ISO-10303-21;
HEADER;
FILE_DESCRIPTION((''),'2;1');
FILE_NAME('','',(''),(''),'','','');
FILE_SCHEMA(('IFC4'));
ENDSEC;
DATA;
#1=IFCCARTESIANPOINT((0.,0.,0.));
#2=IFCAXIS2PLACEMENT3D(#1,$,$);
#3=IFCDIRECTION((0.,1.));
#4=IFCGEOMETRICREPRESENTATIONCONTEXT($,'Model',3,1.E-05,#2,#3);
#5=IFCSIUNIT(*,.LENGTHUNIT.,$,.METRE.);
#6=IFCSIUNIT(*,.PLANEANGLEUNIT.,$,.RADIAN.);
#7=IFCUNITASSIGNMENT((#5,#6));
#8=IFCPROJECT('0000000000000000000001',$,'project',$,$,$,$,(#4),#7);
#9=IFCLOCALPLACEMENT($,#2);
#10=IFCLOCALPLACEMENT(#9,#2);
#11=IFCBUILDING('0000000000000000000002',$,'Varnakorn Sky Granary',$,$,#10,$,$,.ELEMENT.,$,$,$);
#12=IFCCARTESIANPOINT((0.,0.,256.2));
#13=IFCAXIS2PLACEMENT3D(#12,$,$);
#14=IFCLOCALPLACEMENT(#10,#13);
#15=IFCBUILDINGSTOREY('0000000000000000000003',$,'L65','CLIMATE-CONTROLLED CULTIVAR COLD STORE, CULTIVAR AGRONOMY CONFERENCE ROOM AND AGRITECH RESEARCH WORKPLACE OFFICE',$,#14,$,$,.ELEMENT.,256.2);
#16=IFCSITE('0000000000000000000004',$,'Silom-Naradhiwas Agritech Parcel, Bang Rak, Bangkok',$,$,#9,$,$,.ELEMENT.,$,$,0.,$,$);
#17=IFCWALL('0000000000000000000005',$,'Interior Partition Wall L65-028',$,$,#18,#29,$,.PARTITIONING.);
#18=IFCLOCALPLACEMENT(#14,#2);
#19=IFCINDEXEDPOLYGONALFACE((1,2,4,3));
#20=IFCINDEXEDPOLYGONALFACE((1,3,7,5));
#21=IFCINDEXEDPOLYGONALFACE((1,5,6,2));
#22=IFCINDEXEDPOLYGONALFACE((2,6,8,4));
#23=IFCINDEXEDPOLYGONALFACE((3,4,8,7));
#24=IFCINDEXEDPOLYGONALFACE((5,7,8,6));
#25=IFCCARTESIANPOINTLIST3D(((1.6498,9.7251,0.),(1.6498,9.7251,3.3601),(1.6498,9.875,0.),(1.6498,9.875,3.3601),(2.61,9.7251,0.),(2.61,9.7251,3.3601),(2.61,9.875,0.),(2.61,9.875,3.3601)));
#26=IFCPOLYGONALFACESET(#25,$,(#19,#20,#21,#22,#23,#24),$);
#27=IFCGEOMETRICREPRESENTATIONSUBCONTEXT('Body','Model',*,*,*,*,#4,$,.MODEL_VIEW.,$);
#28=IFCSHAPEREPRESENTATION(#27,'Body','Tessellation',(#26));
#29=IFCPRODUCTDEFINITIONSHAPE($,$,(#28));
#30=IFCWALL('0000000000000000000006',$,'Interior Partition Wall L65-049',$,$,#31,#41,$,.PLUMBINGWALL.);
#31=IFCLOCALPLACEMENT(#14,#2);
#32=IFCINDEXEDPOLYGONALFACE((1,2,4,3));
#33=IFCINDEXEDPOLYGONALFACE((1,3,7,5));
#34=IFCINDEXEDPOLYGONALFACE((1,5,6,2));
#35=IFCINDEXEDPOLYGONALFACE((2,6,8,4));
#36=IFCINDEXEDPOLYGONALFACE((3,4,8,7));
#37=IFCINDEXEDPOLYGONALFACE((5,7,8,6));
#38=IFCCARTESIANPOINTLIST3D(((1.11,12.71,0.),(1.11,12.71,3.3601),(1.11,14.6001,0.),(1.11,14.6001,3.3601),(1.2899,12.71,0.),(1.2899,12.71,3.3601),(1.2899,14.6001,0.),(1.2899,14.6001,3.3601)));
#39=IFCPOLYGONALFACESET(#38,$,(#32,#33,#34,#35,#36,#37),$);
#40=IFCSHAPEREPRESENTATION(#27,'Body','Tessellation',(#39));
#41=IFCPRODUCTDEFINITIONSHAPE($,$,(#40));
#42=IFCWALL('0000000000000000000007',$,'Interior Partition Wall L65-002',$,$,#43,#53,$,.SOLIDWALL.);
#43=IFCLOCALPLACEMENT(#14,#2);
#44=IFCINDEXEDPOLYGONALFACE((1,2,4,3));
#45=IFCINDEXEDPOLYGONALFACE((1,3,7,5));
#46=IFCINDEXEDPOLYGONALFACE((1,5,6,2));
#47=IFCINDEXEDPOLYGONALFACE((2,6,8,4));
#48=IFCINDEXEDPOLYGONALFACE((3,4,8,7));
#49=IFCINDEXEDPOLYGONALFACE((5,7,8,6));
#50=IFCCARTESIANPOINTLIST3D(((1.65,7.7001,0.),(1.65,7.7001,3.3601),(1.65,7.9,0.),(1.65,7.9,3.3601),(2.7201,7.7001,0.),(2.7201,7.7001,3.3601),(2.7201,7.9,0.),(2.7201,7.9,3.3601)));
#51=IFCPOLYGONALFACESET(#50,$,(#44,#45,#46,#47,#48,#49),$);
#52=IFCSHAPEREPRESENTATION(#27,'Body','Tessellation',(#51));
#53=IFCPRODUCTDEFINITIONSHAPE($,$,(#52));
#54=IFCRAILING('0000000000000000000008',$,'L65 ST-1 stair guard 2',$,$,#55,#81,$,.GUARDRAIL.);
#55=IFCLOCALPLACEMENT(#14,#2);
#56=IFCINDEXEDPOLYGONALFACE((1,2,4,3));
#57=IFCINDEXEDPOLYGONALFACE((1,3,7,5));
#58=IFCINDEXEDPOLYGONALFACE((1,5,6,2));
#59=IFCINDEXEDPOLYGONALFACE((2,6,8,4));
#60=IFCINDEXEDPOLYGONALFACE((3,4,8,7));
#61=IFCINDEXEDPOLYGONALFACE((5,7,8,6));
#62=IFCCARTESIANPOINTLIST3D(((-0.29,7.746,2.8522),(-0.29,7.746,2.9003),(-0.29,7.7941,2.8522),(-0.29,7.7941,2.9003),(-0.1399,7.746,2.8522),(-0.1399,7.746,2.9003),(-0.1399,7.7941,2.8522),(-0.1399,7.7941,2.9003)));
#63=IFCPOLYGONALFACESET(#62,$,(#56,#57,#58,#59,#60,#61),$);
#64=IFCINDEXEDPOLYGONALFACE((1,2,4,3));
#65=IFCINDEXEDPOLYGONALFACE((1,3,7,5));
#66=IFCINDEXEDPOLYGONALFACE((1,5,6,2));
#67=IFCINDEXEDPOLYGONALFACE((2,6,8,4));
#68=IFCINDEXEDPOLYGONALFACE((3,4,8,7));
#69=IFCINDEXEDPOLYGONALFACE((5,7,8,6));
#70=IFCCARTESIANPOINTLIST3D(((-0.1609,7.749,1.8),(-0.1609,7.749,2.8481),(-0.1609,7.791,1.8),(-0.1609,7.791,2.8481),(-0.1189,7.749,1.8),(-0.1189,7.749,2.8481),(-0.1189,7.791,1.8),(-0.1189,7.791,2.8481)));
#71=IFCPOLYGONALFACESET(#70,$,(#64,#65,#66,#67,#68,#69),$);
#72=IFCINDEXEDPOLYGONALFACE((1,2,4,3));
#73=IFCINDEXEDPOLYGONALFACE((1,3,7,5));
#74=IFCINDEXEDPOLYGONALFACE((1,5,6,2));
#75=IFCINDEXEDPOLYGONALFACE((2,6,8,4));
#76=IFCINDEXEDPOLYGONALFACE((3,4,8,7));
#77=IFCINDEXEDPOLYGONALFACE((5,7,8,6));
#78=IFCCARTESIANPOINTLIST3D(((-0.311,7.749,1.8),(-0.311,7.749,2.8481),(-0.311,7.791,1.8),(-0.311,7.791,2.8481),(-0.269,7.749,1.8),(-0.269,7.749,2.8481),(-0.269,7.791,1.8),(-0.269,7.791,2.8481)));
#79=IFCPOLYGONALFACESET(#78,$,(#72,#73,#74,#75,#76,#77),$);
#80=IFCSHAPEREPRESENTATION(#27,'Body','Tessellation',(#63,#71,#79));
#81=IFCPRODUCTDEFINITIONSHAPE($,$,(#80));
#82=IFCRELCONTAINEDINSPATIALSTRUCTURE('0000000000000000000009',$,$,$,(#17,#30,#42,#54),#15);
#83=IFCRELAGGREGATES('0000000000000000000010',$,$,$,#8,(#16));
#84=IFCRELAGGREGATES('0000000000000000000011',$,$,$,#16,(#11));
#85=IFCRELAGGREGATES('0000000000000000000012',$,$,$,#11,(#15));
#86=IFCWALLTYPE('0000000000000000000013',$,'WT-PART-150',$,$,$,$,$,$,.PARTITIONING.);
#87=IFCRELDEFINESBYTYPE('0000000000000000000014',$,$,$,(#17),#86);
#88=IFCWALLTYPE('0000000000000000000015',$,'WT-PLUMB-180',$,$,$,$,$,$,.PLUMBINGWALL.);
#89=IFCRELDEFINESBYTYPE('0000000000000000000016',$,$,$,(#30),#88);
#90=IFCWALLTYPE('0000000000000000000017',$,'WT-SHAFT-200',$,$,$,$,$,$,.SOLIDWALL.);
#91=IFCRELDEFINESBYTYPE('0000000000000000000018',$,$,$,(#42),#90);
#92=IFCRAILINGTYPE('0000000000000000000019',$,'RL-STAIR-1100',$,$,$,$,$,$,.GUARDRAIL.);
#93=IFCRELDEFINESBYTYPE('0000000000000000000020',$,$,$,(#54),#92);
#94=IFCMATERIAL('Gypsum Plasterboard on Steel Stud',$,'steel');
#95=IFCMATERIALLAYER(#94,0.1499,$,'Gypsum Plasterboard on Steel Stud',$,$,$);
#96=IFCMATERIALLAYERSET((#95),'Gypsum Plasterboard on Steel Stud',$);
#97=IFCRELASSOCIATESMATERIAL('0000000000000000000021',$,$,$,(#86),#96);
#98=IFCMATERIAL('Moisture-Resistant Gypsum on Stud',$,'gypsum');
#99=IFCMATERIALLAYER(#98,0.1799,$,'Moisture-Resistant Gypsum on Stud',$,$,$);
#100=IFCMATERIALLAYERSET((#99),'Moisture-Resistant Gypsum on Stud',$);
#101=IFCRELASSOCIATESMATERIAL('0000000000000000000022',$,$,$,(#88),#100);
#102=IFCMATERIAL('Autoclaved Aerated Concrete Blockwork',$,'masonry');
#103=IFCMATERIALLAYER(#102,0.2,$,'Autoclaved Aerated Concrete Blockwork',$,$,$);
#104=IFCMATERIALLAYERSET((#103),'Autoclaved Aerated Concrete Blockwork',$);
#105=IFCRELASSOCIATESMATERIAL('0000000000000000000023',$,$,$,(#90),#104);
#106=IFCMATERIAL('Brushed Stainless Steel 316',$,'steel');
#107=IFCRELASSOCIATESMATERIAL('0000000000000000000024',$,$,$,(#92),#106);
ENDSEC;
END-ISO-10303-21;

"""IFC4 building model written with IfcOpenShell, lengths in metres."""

from ifc_helpers import new_model, si_unit, direction, frame, frame_2d, origin, origin_2d, place, context, subcontext, project, spatial, rectangle, extrude, material, layer, layer_set, type_object, element, save


model = new_model("IFC4")

# Units and contexts
model_context = context("Model", 3, precision=1e-05, world=origin(), true_north=direction((0.0, 1.0)))
body_context = subcontext(model_context, "Body", "Model", "MODEL_VIEW")
ifc_project = project(units=[si_unit("LENGTHUNIT", "METRE"), si_unit("PLANEANGLEUNIT", "RADIAN")], contexts=[model_context])

# Site, building, storey
site_placement = place(None, origin())
site = spatial("IfcSite", under=ifc_project, at=site_placement, Name="Silom-Naradhiwas Agritech Parcel, Bang Rak, Bangkok", CompositionType="ELEMENT", RefElevation=0.0)
building_placement = place(site_placement, origin())
building = spatial("IfcBuilding", under=site, at=building_placement, Name="Varnakorn Sky Granary", CompositionType="ELEMENT")
storey_placement = place(building_placement, frame((0.0, 0.0, 256.2)))
storey = spatial("IfcBuildingStorey", under=building, at=storey_placement, Name="L65", Description="CLIMATE-CONTROLLED CULTIVAR COLD STORE, CULTIVAR AGRONOMY CONFERENCE ROOM AND AGRITECH RESEARCH WORKPLACE OFFICE", CompositionType="ELEMENT", Elevation=256.2)

# Walls
ifc_material_1 = material(Name="Gypsum Plasterboard on Steel Stud", Category="steel")
ifc_layer_1 = layer(ifc_material_1, 0.1499, Name="Gypsum Plasterboard on Steel Stud")
ifc_layer_set_1 = layer_set([ifc_layer_1], Name="Gypsum Plasterboard on Steel Stud")
wall_type_1 = type_object("IfcWallType", Name="WT-PART-150", PredefinedType="PARTITIONING", material=ifc_layer_set_1)
wall_1_placement = place(storey_placement, frame((1.6499, 9.8, 0.0), z_axis=(0.0, 0.0, 1.0), x_axis=(1.0, 0.0, 0.0)))
element("IfcWall", 1, at=wall_1_placement, inside=storey, type_object=wall_type_1, Name="Interior Partition Wall L65-028", PredefinedType="PARTITIONING", context=body_context, shape_type="SweptSolid", body=[
    extrude(rectangle(XDim=0.9602, YDim=0.1499, at=frame_2d((0.48, 0.0))), origin(), (0.0, 0.0, 1.0), 3.3601),
])
ifc_material_2 = material(Name="Moisture-Resistant Gypsum on Stud", Category="gypsum")
ifc_layer_2 = layer(ifc_material_2, 0.1799, Name="Moisture-Resistant Gypsum on Stud")
ifc_layer_set_2 = layer_set([ifc_layer_2], Name="Moisture-Resistant Gypsum on Stud")
wall_type_2 = type_object("IfcWallType", Name="WT-PLUMB-180", PredefinedType="PLUMBINGWALL", material=ifc_layer_set_2)
wall_2_placement = place(storey_placement, frame((1.2, 14.6001, 0.0), z_axis=(0.0, 0.0, 1.0), x_axis=(0.0, -1.0, 0.0)))
element("IfcWall", 2, at=wall_2_placement, inside=storey, type_object=wall_type_2, Name="Interior Partition Wall L65-049", PredefinedType="PLUMBINGWALL", context=body_context, shape_type="SweptSolid", body=[
    extrude(rectangle(XDim=1.8901, YDim=0.1799, at=frame_2d((0.9451, 0.0))), origin(), (0.0, 0.0, 1.0), 3.3601),
])
ifc_material_3 = material(Name="Autoclaved Aerated Concrete Blockwork", Category="masonry")
ifc_layer_3 = layer(ifc_material_3, 0.2, Name="Autoclaved Aerated Concrete Blockwork")
ifc_layer_set_3 = layer_set([ifc_layer_3], Name="Autoclaved Aerated Concrete Blockwork")
wall_type_3 = type_object("IfcWallType", Name="WT-SHAFT-200", PredefinedType="SOLIDWALL", material=ifc_layer_set_3)
wall_3_placement = place(storey_placement, frame((1.6499, 7.8, 0.0), z_axis=(0.0, 0.0, 1.0), x_axis=(1.0, 0.0, 0.0)))
element("IfcWall", 3, at=wall_3_placement, inside=storey, type_object=wall_type_3, Name="Interior Partition Wall L65-002", PredefinedType="SOLIDWALL", context=body_context, shape_type="SweptSolid", body=[
    extrude(rectangle(XDim=1.0701, YDim=0.2, at=frame_2d((0.5352, 0.0))), origin(), (0.0, 0.0, 1.0), 3.3601),
])

# Railing
ifc_material_4 = material(Name="Brushed Stainless Steel 316", Category="steel")
railing_type = type_object("IfcRailingType", Name="RL-STAIR-1100", PredefinedType="GUARDRAIL", material=ifc_material_4)
railing_placement = place(storey_placement, frame((-0.1399, 7.77, 1.8)))
element("IfcRailing", 4, at=railing_placement, inside=storey, type_object=railing_type, Name="L65 ST-1 stair guard 2", PredefinedType="GUARDRAIL", context=body_context, shape_type="SweptSolid", body=[
    extrude(rectangle(XDim=0.0481, YDim=0.0481, at=origin_2d()), frame((0.0, 0.0, 1.0762), z_axis=(-1.0, 0.0, 0.0), x_axis=(0.0, -1.0, 0.0)), (0.0, 0.0, 1.0), 0.1501),
    extrude(rectangle(XDim=0.042, YDim=0.042, at=origin_2d()), origin(), (0.0, 0.0, 1.0), 1.0481),
    extrude(rectangle(XDim=0.042, YDim=0.042, at=origin_2d()), frame((-0.1501, 0.0, 0.0)), (0.0, 0.0, 1.0), 1.0481),
])

save(model, "model.ifc")
